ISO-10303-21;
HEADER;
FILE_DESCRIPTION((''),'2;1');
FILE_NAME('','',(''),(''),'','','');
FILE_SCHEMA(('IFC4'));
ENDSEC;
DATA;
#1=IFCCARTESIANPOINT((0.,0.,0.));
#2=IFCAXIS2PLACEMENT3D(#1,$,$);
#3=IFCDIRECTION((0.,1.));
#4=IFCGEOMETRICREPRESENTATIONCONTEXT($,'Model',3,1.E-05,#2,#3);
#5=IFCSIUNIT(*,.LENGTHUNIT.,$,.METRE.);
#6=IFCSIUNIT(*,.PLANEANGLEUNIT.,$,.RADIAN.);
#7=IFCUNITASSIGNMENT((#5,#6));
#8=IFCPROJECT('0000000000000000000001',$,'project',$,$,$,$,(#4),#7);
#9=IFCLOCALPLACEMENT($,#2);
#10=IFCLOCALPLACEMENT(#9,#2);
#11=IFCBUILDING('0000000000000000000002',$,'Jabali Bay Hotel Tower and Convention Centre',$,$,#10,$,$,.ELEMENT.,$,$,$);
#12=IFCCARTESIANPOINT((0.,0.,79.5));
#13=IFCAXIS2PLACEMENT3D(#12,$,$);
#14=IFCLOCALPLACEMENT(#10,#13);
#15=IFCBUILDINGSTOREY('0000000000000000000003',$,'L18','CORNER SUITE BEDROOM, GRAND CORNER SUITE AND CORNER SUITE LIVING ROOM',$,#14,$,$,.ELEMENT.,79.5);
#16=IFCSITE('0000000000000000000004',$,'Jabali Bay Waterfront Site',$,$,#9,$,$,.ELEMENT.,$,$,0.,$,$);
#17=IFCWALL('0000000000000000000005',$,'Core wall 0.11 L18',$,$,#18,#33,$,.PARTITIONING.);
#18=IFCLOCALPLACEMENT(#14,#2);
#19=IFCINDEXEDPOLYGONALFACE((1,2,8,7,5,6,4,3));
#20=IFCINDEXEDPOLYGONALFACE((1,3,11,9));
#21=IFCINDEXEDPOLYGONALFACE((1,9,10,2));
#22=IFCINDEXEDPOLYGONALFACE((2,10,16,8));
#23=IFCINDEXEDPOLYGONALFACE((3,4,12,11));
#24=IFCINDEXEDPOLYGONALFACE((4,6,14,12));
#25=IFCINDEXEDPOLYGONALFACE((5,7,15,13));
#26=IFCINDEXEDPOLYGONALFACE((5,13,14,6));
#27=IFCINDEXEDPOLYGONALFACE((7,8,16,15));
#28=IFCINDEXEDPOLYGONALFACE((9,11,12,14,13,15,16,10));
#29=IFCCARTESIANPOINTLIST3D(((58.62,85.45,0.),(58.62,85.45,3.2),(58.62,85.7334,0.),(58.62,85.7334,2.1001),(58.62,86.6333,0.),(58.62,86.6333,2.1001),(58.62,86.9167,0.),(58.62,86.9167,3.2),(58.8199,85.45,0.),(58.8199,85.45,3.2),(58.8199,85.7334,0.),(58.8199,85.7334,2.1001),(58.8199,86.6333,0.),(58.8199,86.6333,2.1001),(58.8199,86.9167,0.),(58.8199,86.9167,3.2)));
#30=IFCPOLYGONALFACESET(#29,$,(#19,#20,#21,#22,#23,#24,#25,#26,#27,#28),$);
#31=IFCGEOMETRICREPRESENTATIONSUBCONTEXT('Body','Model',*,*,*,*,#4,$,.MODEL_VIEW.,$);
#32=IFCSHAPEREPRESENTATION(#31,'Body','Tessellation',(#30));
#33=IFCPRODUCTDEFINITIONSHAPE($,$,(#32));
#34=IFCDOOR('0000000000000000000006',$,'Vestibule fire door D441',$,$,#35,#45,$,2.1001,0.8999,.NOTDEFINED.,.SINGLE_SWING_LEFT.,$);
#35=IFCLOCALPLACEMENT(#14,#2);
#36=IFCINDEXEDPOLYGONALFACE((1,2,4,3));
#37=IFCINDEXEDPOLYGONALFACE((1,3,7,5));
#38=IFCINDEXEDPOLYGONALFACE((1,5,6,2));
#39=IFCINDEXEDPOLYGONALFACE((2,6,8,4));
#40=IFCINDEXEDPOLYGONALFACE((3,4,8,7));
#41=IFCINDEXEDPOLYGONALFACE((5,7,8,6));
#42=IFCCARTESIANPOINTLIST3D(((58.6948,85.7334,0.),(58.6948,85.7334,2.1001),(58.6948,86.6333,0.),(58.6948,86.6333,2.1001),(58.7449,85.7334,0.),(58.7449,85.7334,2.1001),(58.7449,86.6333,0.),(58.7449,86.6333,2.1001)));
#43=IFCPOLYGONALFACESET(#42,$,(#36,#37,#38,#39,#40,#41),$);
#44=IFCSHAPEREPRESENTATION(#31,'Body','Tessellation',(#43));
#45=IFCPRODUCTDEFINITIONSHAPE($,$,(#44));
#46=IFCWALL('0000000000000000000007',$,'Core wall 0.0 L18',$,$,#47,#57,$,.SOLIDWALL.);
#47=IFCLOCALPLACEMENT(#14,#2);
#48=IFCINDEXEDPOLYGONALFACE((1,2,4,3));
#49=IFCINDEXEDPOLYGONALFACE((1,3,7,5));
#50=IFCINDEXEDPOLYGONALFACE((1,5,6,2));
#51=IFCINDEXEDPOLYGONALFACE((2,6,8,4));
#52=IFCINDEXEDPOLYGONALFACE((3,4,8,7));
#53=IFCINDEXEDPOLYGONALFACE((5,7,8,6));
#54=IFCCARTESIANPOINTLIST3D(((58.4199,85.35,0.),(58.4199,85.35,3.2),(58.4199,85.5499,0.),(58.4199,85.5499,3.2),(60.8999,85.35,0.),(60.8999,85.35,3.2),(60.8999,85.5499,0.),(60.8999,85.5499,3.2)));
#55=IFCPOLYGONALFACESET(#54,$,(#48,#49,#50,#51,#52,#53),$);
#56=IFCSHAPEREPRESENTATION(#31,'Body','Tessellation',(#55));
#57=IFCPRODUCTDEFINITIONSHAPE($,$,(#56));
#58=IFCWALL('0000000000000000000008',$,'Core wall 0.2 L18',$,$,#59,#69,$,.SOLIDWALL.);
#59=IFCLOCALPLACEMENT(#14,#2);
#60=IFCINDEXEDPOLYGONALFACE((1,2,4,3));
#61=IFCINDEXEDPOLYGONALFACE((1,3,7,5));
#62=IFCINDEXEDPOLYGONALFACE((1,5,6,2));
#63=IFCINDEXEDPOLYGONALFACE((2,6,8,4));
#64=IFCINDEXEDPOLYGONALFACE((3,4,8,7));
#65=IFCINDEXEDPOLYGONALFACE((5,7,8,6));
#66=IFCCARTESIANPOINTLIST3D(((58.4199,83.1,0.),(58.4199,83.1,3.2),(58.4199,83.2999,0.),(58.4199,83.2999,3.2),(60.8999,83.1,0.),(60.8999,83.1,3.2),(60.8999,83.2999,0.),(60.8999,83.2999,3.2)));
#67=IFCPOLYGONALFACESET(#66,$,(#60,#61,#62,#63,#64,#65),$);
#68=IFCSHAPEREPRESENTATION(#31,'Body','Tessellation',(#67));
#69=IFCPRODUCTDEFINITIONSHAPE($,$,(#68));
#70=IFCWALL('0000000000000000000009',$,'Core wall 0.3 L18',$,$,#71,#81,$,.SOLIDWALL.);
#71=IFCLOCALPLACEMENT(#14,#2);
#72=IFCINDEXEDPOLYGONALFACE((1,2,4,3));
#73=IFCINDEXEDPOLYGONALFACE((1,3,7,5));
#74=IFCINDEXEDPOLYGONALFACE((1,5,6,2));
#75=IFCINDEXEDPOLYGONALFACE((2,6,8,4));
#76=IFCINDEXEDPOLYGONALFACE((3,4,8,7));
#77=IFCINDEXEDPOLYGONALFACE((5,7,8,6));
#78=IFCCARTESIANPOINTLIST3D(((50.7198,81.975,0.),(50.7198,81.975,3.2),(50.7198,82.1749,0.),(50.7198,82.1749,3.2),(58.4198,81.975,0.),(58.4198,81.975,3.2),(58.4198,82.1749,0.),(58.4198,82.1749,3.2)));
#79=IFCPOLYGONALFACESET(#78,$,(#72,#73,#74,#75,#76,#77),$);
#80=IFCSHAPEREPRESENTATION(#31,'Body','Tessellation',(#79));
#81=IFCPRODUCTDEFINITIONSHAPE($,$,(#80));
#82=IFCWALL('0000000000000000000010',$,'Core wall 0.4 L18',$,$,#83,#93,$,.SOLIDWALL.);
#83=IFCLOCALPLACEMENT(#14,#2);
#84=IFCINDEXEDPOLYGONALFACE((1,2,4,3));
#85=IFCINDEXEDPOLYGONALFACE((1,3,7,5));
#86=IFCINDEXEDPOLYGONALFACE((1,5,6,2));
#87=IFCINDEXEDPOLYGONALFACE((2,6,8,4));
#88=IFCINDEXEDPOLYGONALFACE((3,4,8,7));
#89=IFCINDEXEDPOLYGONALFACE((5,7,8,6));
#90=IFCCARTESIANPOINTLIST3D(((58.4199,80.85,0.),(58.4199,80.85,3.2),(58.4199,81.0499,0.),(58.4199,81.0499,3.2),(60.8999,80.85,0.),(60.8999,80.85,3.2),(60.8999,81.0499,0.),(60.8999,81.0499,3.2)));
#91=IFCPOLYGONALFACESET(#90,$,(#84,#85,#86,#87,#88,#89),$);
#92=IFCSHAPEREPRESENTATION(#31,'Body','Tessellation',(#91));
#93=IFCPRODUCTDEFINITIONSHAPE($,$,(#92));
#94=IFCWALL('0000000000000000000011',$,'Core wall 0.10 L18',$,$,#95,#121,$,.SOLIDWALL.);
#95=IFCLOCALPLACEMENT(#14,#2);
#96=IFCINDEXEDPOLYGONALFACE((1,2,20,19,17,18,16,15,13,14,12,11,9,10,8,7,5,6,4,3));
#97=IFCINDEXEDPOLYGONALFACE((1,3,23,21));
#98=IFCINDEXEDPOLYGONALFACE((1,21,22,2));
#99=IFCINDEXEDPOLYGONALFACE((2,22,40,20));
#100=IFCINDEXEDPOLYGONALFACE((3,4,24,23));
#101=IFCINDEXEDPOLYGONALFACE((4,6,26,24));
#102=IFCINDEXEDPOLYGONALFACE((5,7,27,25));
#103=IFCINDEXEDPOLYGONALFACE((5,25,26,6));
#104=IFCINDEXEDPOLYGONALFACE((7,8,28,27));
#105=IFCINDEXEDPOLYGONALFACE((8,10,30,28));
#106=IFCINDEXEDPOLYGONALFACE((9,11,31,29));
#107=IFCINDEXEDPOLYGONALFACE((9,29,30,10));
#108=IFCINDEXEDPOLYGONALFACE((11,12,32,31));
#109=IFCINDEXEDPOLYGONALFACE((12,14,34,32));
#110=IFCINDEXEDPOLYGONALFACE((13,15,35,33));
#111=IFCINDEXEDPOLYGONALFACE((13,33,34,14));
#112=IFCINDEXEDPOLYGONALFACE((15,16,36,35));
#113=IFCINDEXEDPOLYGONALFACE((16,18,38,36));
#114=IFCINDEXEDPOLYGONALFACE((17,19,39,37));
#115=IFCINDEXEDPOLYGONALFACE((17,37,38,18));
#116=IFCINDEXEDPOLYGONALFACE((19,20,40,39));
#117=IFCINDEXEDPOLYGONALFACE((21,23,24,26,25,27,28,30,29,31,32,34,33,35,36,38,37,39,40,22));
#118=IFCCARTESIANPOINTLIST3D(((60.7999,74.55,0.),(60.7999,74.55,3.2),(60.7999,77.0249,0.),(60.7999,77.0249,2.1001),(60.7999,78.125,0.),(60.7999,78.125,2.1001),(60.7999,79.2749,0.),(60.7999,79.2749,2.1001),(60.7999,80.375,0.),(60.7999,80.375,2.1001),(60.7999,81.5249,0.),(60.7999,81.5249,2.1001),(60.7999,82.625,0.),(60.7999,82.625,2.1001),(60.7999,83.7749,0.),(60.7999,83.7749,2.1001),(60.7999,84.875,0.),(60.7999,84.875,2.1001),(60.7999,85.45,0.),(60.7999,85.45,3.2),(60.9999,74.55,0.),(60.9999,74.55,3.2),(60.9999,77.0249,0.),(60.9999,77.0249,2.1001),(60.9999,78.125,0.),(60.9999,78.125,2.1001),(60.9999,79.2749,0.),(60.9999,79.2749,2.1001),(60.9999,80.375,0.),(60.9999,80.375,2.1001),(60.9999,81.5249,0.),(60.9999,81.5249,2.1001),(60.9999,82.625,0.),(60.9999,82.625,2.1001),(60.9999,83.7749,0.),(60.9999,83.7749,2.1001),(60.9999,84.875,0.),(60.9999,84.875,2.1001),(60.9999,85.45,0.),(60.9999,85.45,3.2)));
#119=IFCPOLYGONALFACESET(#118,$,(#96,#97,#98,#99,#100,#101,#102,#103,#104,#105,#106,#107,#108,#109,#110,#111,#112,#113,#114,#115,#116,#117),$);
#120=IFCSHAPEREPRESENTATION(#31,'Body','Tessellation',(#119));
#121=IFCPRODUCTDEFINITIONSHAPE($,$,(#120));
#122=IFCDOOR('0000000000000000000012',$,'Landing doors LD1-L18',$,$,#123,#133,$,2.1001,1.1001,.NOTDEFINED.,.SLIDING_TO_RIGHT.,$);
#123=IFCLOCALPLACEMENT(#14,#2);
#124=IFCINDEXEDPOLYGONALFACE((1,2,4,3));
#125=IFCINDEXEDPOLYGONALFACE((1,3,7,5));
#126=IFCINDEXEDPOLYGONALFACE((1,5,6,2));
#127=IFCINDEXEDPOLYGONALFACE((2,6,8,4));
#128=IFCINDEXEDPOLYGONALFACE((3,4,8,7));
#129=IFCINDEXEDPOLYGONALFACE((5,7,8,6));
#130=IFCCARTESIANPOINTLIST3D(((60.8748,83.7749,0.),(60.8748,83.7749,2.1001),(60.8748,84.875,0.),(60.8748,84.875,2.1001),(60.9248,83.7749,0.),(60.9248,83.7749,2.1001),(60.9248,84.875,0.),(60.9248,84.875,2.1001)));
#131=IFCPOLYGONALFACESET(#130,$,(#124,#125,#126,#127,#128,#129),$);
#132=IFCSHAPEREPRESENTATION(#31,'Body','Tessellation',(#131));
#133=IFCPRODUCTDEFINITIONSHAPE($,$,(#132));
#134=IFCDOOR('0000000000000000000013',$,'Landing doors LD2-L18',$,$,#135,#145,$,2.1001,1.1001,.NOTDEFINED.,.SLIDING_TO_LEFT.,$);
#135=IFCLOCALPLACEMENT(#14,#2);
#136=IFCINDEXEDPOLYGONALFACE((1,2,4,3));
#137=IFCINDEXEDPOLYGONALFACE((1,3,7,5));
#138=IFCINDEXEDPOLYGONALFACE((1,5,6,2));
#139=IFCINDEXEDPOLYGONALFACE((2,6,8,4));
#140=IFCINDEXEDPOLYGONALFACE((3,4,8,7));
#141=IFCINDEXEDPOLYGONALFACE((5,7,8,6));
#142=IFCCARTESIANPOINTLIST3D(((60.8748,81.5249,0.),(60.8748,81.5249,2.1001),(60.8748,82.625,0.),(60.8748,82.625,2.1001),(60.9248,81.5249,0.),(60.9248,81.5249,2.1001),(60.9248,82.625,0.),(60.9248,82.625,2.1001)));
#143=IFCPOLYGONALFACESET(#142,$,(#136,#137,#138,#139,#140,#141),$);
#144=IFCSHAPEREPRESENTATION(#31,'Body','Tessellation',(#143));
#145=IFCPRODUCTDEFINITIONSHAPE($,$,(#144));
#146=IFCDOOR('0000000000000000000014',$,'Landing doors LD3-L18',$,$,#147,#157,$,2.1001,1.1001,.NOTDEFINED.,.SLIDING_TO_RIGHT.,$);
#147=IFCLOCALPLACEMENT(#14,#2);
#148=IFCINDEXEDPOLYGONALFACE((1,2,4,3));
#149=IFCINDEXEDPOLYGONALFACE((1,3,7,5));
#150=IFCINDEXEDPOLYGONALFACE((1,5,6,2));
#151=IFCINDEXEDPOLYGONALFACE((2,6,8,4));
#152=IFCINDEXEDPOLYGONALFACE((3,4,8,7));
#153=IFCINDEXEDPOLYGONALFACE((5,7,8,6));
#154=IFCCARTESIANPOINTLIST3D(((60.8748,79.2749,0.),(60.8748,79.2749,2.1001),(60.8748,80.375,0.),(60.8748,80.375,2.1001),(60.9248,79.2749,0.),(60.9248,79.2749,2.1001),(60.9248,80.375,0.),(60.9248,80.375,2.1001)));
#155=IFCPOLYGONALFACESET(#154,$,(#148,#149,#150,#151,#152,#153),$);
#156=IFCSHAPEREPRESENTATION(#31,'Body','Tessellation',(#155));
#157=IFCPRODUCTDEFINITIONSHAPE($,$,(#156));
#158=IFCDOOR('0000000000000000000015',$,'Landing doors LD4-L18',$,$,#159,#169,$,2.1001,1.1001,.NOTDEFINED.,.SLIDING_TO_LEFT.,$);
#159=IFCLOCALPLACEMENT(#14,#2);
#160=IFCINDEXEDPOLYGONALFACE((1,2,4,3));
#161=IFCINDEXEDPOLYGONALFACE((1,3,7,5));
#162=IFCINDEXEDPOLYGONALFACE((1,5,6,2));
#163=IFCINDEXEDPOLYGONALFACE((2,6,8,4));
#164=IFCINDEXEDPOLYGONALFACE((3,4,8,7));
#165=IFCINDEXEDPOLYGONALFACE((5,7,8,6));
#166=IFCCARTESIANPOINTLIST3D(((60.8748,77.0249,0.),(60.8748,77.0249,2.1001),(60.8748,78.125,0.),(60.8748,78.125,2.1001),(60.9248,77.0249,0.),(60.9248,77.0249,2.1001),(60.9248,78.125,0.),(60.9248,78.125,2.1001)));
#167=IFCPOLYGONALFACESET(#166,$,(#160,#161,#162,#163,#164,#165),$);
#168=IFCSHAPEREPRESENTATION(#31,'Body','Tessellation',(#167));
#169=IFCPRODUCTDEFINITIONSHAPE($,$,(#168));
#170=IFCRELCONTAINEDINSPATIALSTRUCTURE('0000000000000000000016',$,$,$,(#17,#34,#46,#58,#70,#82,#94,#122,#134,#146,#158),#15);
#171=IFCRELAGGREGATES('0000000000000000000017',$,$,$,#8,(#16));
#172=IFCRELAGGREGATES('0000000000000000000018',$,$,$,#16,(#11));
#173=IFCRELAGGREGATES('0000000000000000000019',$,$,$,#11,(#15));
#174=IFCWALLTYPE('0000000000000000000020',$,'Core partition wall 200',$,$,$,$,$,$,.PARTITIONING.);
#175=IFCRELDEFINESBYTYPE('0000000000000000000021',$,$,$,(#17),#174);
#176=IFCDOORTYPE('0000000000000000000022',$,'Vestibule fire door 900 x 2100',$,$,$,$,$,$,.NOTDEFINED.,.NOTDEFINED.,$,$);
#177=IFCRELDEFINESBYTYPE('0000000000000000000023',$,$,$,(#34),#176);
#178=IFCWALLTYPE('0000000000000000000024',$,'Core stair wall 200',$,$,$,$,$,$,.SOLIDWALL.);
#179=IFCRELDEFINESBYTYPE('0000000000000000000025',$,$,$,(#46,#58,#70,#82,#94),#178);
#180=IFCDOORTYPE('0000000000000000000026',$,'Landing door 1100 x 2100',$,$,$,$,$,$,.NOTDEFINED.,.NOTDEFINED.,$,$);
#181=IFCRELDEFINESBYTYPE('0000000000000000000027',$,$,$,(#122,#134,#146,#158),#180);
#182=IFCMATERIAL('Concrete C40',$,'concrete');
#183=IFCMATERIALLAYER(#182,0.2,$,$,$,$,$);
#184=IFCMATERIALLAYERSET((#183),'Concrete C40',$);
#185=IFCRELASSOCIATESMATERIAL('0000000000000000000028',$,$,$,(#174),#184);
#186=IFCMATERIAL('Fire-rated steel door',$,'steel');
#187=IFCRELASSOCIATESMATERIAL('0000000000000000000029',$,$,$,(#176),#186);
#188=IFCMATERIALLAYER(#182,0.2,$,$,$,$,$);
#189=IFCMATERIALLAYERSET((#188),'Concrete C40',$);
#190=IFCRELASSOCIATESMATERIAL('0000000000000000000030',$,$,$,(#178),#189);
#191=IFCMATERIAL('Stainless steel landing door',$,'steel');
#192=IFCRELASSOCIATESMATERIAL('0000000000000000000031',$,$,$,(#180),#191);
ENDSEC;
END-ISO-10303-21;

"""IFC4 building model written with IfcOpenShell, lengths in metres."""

from ifc_helpers import new_model, si_unit, direction, frame, frame_2d, origin, place, context, subcontext, project, spatial, rectangle, extrude, material, layer, layer_set, type_object, element, fill, save


model = new_model("IFC4")

# Units and contexts
model_context = context("Model", 3, precision=1e-05, world=origin(), true_north=direction((0.0, 1.0)))
body_context = subcontext(model_context, "Body", "Model", "MODEL_VIEW")
ifc_project = project(units=[si_unit("LENGTHUNIT", "METRE"), si_unit("PLANEANGLEUNIT", "RADIAN")], contexts=[model_context])

# Site, building, storey
site_placement = place(None, origin())
site = spatial("IfcSite", under=ifc_project, at=site_placement, Name="Jabali Bay Waterfront Site", CompositionType="ELEMENT", RefElevation=0.0)
building_placement = place(site_placement, origin())
building = spatial("IfcBuilding", under=site, at=building_placement, Name="Jabali Bay Hotel Tower and Convention Centre", CompositionType="ELEMENT")
storey_placement = place(building_placement, frame((0.0, 0.0, 79.5)))
storey = spatial("IfcBuildingStorey", under=building, at=storey_placement, Name="L18", Description="CORNER SUITE BEDROOM, GRAND CORNER SUITE AND CORNER SUITE LIVING ROOM", CompositionType="ELEMENT", Elevation=79.5)

# Wall, opening, door
ifc_material_1 = material(Name="Concrete C40", Category="concrete")
ifc_layer_1 = layer(ifc_material_1, 0.2)
ifc_layer_set_1 = layer_set([ifc_layer_1], Name="Concrete C40")
wall_type_1 = type_object("IfcWallType", Name="Core partition wall 200", PredefinedType="PARTITIONING", material=ifc_layer_set_1)
wall_1_placement = place(storey_placement, frame((58.72, 86.9167, 0.0), z_axis=(0.0, 0.0, 1.0), x_axis=(0.0, -1.0, 0.0)))
wall_1 = element("IfcWall", 1, at=wall_1_placement, inside=storey, type_object=wall_type_1, Name="Core wall 0.11 L18", PredefinedType="PARTITIONING", context=body_context, shape_type="SweptSolid", body=[
    extrude(rectangle(XDim=1.4668, YDim=0.2, at=frame_2d((0.7334, 0.0))), origin(), (0.0, 0.0, 1.0), 3.2),
])
opening_1_placement = place(wall_1_placement, frame((0.2834, 0.0, 0.0)))
opening_1 = element("IfcOpeningElement", 2, at=opening_1_placement, cuts=wall_1, PredefinedType="OPENING", context=body_context, shape_type="SweptSolid", body=[
    extrude(rectangle(XDim=0.8999, YDim=2.1001, at=frame_2d((0.45, 1.05))), frame((0.0, 0.1104, 0.0), z_axis=(0.0, -1.0, 0.0), x_axis=(1.0, 0.0, 0.0)), (0.0, 0.0, 1.0), 0.2209),
])
ifc_material_2 = material(Name="Fire-rated steel door", Category="steel")
door_type_1 = type_object("IfcDoorType", Name="Vestibule fire door 900 x 2100", OperationType="NOTDEFINED", PredefinedType="NOTDEFINED", material=ifc_material_2)
door_1_placement = place(opening_1_placement, origin())
door_1 = element("IfcDoor", 3, at=door_1_placement, inside=storey, type_object=door_type_1, Name="Vestibule fire door D441", OperationType="SINGLE_SWING_LEFT", OverallHeight=2.1001, OverallWidth=0.8999, PredefinedType="NOTDEFINED", context=body_context, shape_type="SweptSolid", body=[
    extrude(rectangle(XDim=0.8999, YDim=2.1001, at=frame_2d((0.45, 1.05))), frame((0.0, 0.0249, 0.0), z_axis=(0.0, -1.0, 0.0), x_axis=(1.0, 0.0, 0.0)), (0.0, 0.0, 1.0), 0.05),
])
fill(opening_1, door_1)

# Walls
ifc_layer_2 = layer(ifc_material_1, 0.2)
ifc_layer_set_2 = layer_set([ifc_layer_2], Name="Concrete C40")
wall_type_2 = type_object("IfcWallType", Name="Core stair wall 200", PredefinedType="SOLIDWALL", material=ifc_layer_set_2)
for number, where, z_axis, x_axis, name in (
    (4, (60.8999, 85.45, 0.0), (0.0, 0.0, 1.0), (-1.0, 0.0, 0.0), "Core wall 0.0 L18"),
    (5, (60.8999, 83.2, 0.0), (0.0, 0.0, 1.0), (-1.0, 0.0, 0.0), "Core wall 0.2 L18"),
):
    element("IfcWall", number, at=place(storey_placement, frame(where, z_axis=z_axis, x_axis=x_axis)), inside=storey, type_object=wall_type_2, Name=name, PredefinedType="SOLIDWALL", context=body_context, shape_type="SweptSolid", body=[
        extrude(rectangle(XDim=2.48, YDim=0.2, at=frame_2d((1.24, 0.0))), origin(), (0.0, 0.0, 1.0), 3.2),
    ])
wall_2_placement = place(storey_placement, frame((58.4199, 82.075, 0.0), z_axis=(0.0, 0.0, 1.0), x_axis=(-1.0, 0.0, 0.0)))
element("IfcWall", 6, at=wall_2_placement, inside=storey, type_object=wall_type_2, Name="Core wall 0.3 L18", PredefinedType="SOLIDWALL", context=body_context, shape_type="SweptSolid", body=[
    extrude(rectangle(XDim=7.7, YDim=0.2, at=frame_2d((3.8501, 0.0))), origin(), (0.0, 0.0, 1.0), 3.2),
])
wall_3_placement = place(storey_placement, frame((60.8999, 80.95, 0.0), z_axis=(0.0, 0.0, 1.0), x_axis=(-1.0, 0.0, 0.0)))
element("IfcWall", 7, at=wall_3_placement, inside=storey, type_object=wall_type_2, Name="Core wall 0.4 L18", PredefinedType="SOLIDWALL", context=body_context, shape_type="SweptSolid", body=[
    extrude(rectangle(XDim=2.48, YDim=0.2, at=frame_2d((1.24, 0.0))), origin(), (0.0, 0.0, 1.0), 3.2),
])

# Wall, openings, doors
wall_4_placement = place(storey_placement, frame((60.8999, 85.45, 0.0), z_axis=(0.0, 0.0, 1.0), x_axis=(0.0, -1.0, 0.0)))
wall_4 = element("IfcWall", 8, at=wall_4_placement, inside=storey, type_object=wall_type_2, Name="Core wall 0.10 L18", PredefinedType="SOLIDWALL", context=body_context, shape_type="SweptSolid", body=[
    extrude(rectangle(XDim=10.8999, YDim=0.2, at=frame_2d((5.45, 0.0))), origin(), (0.0, 0.0, 1.0), 3.2),
])
opening_2_placement = place(wall_4_placement, frame((0.575, 0.0, 0.0)))
opening_2 = element("IfcOpeningElement", 9, at=opening_2_placement, cuts=wall_4, PredefinedType="OPENING", context=body_context, shape_type="SweptSolid", body=[
    extrude(rectangle(XDim=1.1001, YDim=2.1001, at=frame_2d((0.55, 1.05))), frame((0.0, 0.1104, 0.0), z_axis=(0.0, -1.0, 0.0), x_axis=(1.0, 0.0, 0.0)), (0.0, 0.0, 1.0), 0.2209),
])
opening_3_placement = place(wall_4_placement, frame((2.825, 0.0, 0.0)))
opening_3 = element("IfcOpeningElement", 10, at=opening_3_placement, cuts=wall_4, PredefinedType="OPENING", context=body_context, shape_type="SweptSolid", body=[
    extrude(rectangle(XDim=1.1001, YDim=2.1001, at=frame_2d((0.55, 1.05))), frame((0.0, 0.1104, 0.0), z_axis=(0.0, -1.0, 0.0), x_axis=(1.0, 0.0, 0.0)), (0.0, 0.0, 1.0), 0.2209),
])
opening_4_placement = place(wall_4_placement, frame((5.075, 0.0, 0.0)))
opening_4 = element("IfcOpeningElement", 11, at=opening_4_placement, cuts=wall_4, PredefinedType="OPENING", context=body_context, shape_type="SweptSolid", body=[
    extrude(rectangle(XDim=1.1001, YDim=2.1001, at=frame_2d((0.55, 1.05))), frame((0.0, 0.1104, 0.0), z_axis=(0.0, -1.0, 0.0), x_axis=(1.0, 0.0, 0.0)), (0.0, 0.0, 1.0), 0.2209),
])
opening_5_placement = place(wall_4_placement, frame((7.325, 0.0, 0.0)))
opening_5 = element("IfcOpeningElement", 12, at=opening_5_placement, cuts=wall_4, PredefinedType="OPENING", context=body_context, shape_type="SweptSolid", body=[
    extrude(rectangle(XDim=1.1001, YDim=2.1001, at=frame_2d((0.55, 1.05))), frame((0.0, 0.1104, 0.0), z_axis=(0.0, -1.0, 0.0), x_axis=(1.0, 0.0, 0.0)), (0.0, 0.0, 1.0), 0.2209),
])
ifc_material_3 = material(Name="Stainless steel landing door", Category="steel")
door_type_2 = type_object("IfcDoorType", Name="Landing door 1100 x 2100", OperationType="NOTDEFINED", PredefinedType="NOTDEFINED", material=ifc_material_3)
door_2_placement = place(opening_2_placement, origin())
door_2 = element("IfcDoor", 13, at=door_2_placement, inside=storey, type_object=door_type_2, Name="Landing doors LD1-L18", OperationType="SLIDING_TO_RIGHT", OverallHeight=2.1001, OverallWidth=1.1001, PredefinedType="NOTDEFINED", context=body_context, shape_type="SweptSolid", body=[
    extrude(rectangle(XDim=1.1001, YDim=2.1001, at=frame_2d((0.55, 1.05))), frame((0.0, 0.0249, 0.0), z_axis=(0.0, -1.0, 0.0), x_axis=(1.0, 0.0, 0.0)), (0.0, 0.0, 1.0), 0.05),
])
fill(opening_2, door_2)
door_3_placement = place(opening_3_placement, origin())
door_3 = element("IfcDoor", 14, at=door_3_placement, inside=storey, type_object=door_type_2, Name="Landing doors LD2-L18", OperationType="SLIDING_TO_LEFT", OverallHeight=2.1001, OverallWidth=1.1001, PredefinedType="NOTDEFINED", context=body_context, shape_type="SweptSolid", body=[
    extrude(rectangle(XDim=1.1001, YDim=2.1001, at=frame_2d((0.55, 1.05))), frame((0.0, 0.0249, 0.0), z_axis=(0.0, -1.0, 0.0), x_axis=(1.0, 0.0, 0.0)), (0.0, 0.0, 1.0), 0.05),
])
fill(opening_3, door_3)
door_4_placement = place(opening_4_placement, origin())
door_4 = element("IfcDoor", 15, at=door_4_placement, inside=storey, type_object=door_type_2, Name="Landing doors LD3-L18", OperationType="SLIDING_TO_RIGHT", OverallHeight=2.1001, OverallWidth=1.1001, PredefinedType="NOTDEFINED", context=body_context, shape_type="SweptSolid", body=[
    extrude(rectangle(XDim=1.1001, YDim=2.1001, at=frame_2d((0.55, 1.05))), frame((0.0, 0.0249, 0.0), z_axis=(0.0, -1.0, 0.0), x_axis=(1.0, 0.0, 0.0)), (0.0, 0.0, 1.0), 0.05),
])
fill(opening_4, door_4)
door_5_placement = place(opening_5_placement, origin())
door_5 = element("IfcDoor", 16, at=door_5_placement, inside=storey, type_object=door_type_2, Name="Landing doors LD4-L18", OperationType="SLIDING_TO_LEFT", OverallHeight=2.1001, OverallWidth=1.1001, PredefinedType="NOTDEFINED", context=body_context, shape_type="SweptSolid", body=[
    extrude(rectangle(XDim=1.1001, YDim=2.1001, at=frame_2d((0.55, 1.05))), frame((0.0, 0.0249, 0.0), z_axis=(0.0, -1.0, 0.0), x_axis=(1.0, 0.0, 0.0)), (0.0, 0.0, 1.0), 0.05),
])
fill(opening_5, door_5)

save(model, "model.ifc")
